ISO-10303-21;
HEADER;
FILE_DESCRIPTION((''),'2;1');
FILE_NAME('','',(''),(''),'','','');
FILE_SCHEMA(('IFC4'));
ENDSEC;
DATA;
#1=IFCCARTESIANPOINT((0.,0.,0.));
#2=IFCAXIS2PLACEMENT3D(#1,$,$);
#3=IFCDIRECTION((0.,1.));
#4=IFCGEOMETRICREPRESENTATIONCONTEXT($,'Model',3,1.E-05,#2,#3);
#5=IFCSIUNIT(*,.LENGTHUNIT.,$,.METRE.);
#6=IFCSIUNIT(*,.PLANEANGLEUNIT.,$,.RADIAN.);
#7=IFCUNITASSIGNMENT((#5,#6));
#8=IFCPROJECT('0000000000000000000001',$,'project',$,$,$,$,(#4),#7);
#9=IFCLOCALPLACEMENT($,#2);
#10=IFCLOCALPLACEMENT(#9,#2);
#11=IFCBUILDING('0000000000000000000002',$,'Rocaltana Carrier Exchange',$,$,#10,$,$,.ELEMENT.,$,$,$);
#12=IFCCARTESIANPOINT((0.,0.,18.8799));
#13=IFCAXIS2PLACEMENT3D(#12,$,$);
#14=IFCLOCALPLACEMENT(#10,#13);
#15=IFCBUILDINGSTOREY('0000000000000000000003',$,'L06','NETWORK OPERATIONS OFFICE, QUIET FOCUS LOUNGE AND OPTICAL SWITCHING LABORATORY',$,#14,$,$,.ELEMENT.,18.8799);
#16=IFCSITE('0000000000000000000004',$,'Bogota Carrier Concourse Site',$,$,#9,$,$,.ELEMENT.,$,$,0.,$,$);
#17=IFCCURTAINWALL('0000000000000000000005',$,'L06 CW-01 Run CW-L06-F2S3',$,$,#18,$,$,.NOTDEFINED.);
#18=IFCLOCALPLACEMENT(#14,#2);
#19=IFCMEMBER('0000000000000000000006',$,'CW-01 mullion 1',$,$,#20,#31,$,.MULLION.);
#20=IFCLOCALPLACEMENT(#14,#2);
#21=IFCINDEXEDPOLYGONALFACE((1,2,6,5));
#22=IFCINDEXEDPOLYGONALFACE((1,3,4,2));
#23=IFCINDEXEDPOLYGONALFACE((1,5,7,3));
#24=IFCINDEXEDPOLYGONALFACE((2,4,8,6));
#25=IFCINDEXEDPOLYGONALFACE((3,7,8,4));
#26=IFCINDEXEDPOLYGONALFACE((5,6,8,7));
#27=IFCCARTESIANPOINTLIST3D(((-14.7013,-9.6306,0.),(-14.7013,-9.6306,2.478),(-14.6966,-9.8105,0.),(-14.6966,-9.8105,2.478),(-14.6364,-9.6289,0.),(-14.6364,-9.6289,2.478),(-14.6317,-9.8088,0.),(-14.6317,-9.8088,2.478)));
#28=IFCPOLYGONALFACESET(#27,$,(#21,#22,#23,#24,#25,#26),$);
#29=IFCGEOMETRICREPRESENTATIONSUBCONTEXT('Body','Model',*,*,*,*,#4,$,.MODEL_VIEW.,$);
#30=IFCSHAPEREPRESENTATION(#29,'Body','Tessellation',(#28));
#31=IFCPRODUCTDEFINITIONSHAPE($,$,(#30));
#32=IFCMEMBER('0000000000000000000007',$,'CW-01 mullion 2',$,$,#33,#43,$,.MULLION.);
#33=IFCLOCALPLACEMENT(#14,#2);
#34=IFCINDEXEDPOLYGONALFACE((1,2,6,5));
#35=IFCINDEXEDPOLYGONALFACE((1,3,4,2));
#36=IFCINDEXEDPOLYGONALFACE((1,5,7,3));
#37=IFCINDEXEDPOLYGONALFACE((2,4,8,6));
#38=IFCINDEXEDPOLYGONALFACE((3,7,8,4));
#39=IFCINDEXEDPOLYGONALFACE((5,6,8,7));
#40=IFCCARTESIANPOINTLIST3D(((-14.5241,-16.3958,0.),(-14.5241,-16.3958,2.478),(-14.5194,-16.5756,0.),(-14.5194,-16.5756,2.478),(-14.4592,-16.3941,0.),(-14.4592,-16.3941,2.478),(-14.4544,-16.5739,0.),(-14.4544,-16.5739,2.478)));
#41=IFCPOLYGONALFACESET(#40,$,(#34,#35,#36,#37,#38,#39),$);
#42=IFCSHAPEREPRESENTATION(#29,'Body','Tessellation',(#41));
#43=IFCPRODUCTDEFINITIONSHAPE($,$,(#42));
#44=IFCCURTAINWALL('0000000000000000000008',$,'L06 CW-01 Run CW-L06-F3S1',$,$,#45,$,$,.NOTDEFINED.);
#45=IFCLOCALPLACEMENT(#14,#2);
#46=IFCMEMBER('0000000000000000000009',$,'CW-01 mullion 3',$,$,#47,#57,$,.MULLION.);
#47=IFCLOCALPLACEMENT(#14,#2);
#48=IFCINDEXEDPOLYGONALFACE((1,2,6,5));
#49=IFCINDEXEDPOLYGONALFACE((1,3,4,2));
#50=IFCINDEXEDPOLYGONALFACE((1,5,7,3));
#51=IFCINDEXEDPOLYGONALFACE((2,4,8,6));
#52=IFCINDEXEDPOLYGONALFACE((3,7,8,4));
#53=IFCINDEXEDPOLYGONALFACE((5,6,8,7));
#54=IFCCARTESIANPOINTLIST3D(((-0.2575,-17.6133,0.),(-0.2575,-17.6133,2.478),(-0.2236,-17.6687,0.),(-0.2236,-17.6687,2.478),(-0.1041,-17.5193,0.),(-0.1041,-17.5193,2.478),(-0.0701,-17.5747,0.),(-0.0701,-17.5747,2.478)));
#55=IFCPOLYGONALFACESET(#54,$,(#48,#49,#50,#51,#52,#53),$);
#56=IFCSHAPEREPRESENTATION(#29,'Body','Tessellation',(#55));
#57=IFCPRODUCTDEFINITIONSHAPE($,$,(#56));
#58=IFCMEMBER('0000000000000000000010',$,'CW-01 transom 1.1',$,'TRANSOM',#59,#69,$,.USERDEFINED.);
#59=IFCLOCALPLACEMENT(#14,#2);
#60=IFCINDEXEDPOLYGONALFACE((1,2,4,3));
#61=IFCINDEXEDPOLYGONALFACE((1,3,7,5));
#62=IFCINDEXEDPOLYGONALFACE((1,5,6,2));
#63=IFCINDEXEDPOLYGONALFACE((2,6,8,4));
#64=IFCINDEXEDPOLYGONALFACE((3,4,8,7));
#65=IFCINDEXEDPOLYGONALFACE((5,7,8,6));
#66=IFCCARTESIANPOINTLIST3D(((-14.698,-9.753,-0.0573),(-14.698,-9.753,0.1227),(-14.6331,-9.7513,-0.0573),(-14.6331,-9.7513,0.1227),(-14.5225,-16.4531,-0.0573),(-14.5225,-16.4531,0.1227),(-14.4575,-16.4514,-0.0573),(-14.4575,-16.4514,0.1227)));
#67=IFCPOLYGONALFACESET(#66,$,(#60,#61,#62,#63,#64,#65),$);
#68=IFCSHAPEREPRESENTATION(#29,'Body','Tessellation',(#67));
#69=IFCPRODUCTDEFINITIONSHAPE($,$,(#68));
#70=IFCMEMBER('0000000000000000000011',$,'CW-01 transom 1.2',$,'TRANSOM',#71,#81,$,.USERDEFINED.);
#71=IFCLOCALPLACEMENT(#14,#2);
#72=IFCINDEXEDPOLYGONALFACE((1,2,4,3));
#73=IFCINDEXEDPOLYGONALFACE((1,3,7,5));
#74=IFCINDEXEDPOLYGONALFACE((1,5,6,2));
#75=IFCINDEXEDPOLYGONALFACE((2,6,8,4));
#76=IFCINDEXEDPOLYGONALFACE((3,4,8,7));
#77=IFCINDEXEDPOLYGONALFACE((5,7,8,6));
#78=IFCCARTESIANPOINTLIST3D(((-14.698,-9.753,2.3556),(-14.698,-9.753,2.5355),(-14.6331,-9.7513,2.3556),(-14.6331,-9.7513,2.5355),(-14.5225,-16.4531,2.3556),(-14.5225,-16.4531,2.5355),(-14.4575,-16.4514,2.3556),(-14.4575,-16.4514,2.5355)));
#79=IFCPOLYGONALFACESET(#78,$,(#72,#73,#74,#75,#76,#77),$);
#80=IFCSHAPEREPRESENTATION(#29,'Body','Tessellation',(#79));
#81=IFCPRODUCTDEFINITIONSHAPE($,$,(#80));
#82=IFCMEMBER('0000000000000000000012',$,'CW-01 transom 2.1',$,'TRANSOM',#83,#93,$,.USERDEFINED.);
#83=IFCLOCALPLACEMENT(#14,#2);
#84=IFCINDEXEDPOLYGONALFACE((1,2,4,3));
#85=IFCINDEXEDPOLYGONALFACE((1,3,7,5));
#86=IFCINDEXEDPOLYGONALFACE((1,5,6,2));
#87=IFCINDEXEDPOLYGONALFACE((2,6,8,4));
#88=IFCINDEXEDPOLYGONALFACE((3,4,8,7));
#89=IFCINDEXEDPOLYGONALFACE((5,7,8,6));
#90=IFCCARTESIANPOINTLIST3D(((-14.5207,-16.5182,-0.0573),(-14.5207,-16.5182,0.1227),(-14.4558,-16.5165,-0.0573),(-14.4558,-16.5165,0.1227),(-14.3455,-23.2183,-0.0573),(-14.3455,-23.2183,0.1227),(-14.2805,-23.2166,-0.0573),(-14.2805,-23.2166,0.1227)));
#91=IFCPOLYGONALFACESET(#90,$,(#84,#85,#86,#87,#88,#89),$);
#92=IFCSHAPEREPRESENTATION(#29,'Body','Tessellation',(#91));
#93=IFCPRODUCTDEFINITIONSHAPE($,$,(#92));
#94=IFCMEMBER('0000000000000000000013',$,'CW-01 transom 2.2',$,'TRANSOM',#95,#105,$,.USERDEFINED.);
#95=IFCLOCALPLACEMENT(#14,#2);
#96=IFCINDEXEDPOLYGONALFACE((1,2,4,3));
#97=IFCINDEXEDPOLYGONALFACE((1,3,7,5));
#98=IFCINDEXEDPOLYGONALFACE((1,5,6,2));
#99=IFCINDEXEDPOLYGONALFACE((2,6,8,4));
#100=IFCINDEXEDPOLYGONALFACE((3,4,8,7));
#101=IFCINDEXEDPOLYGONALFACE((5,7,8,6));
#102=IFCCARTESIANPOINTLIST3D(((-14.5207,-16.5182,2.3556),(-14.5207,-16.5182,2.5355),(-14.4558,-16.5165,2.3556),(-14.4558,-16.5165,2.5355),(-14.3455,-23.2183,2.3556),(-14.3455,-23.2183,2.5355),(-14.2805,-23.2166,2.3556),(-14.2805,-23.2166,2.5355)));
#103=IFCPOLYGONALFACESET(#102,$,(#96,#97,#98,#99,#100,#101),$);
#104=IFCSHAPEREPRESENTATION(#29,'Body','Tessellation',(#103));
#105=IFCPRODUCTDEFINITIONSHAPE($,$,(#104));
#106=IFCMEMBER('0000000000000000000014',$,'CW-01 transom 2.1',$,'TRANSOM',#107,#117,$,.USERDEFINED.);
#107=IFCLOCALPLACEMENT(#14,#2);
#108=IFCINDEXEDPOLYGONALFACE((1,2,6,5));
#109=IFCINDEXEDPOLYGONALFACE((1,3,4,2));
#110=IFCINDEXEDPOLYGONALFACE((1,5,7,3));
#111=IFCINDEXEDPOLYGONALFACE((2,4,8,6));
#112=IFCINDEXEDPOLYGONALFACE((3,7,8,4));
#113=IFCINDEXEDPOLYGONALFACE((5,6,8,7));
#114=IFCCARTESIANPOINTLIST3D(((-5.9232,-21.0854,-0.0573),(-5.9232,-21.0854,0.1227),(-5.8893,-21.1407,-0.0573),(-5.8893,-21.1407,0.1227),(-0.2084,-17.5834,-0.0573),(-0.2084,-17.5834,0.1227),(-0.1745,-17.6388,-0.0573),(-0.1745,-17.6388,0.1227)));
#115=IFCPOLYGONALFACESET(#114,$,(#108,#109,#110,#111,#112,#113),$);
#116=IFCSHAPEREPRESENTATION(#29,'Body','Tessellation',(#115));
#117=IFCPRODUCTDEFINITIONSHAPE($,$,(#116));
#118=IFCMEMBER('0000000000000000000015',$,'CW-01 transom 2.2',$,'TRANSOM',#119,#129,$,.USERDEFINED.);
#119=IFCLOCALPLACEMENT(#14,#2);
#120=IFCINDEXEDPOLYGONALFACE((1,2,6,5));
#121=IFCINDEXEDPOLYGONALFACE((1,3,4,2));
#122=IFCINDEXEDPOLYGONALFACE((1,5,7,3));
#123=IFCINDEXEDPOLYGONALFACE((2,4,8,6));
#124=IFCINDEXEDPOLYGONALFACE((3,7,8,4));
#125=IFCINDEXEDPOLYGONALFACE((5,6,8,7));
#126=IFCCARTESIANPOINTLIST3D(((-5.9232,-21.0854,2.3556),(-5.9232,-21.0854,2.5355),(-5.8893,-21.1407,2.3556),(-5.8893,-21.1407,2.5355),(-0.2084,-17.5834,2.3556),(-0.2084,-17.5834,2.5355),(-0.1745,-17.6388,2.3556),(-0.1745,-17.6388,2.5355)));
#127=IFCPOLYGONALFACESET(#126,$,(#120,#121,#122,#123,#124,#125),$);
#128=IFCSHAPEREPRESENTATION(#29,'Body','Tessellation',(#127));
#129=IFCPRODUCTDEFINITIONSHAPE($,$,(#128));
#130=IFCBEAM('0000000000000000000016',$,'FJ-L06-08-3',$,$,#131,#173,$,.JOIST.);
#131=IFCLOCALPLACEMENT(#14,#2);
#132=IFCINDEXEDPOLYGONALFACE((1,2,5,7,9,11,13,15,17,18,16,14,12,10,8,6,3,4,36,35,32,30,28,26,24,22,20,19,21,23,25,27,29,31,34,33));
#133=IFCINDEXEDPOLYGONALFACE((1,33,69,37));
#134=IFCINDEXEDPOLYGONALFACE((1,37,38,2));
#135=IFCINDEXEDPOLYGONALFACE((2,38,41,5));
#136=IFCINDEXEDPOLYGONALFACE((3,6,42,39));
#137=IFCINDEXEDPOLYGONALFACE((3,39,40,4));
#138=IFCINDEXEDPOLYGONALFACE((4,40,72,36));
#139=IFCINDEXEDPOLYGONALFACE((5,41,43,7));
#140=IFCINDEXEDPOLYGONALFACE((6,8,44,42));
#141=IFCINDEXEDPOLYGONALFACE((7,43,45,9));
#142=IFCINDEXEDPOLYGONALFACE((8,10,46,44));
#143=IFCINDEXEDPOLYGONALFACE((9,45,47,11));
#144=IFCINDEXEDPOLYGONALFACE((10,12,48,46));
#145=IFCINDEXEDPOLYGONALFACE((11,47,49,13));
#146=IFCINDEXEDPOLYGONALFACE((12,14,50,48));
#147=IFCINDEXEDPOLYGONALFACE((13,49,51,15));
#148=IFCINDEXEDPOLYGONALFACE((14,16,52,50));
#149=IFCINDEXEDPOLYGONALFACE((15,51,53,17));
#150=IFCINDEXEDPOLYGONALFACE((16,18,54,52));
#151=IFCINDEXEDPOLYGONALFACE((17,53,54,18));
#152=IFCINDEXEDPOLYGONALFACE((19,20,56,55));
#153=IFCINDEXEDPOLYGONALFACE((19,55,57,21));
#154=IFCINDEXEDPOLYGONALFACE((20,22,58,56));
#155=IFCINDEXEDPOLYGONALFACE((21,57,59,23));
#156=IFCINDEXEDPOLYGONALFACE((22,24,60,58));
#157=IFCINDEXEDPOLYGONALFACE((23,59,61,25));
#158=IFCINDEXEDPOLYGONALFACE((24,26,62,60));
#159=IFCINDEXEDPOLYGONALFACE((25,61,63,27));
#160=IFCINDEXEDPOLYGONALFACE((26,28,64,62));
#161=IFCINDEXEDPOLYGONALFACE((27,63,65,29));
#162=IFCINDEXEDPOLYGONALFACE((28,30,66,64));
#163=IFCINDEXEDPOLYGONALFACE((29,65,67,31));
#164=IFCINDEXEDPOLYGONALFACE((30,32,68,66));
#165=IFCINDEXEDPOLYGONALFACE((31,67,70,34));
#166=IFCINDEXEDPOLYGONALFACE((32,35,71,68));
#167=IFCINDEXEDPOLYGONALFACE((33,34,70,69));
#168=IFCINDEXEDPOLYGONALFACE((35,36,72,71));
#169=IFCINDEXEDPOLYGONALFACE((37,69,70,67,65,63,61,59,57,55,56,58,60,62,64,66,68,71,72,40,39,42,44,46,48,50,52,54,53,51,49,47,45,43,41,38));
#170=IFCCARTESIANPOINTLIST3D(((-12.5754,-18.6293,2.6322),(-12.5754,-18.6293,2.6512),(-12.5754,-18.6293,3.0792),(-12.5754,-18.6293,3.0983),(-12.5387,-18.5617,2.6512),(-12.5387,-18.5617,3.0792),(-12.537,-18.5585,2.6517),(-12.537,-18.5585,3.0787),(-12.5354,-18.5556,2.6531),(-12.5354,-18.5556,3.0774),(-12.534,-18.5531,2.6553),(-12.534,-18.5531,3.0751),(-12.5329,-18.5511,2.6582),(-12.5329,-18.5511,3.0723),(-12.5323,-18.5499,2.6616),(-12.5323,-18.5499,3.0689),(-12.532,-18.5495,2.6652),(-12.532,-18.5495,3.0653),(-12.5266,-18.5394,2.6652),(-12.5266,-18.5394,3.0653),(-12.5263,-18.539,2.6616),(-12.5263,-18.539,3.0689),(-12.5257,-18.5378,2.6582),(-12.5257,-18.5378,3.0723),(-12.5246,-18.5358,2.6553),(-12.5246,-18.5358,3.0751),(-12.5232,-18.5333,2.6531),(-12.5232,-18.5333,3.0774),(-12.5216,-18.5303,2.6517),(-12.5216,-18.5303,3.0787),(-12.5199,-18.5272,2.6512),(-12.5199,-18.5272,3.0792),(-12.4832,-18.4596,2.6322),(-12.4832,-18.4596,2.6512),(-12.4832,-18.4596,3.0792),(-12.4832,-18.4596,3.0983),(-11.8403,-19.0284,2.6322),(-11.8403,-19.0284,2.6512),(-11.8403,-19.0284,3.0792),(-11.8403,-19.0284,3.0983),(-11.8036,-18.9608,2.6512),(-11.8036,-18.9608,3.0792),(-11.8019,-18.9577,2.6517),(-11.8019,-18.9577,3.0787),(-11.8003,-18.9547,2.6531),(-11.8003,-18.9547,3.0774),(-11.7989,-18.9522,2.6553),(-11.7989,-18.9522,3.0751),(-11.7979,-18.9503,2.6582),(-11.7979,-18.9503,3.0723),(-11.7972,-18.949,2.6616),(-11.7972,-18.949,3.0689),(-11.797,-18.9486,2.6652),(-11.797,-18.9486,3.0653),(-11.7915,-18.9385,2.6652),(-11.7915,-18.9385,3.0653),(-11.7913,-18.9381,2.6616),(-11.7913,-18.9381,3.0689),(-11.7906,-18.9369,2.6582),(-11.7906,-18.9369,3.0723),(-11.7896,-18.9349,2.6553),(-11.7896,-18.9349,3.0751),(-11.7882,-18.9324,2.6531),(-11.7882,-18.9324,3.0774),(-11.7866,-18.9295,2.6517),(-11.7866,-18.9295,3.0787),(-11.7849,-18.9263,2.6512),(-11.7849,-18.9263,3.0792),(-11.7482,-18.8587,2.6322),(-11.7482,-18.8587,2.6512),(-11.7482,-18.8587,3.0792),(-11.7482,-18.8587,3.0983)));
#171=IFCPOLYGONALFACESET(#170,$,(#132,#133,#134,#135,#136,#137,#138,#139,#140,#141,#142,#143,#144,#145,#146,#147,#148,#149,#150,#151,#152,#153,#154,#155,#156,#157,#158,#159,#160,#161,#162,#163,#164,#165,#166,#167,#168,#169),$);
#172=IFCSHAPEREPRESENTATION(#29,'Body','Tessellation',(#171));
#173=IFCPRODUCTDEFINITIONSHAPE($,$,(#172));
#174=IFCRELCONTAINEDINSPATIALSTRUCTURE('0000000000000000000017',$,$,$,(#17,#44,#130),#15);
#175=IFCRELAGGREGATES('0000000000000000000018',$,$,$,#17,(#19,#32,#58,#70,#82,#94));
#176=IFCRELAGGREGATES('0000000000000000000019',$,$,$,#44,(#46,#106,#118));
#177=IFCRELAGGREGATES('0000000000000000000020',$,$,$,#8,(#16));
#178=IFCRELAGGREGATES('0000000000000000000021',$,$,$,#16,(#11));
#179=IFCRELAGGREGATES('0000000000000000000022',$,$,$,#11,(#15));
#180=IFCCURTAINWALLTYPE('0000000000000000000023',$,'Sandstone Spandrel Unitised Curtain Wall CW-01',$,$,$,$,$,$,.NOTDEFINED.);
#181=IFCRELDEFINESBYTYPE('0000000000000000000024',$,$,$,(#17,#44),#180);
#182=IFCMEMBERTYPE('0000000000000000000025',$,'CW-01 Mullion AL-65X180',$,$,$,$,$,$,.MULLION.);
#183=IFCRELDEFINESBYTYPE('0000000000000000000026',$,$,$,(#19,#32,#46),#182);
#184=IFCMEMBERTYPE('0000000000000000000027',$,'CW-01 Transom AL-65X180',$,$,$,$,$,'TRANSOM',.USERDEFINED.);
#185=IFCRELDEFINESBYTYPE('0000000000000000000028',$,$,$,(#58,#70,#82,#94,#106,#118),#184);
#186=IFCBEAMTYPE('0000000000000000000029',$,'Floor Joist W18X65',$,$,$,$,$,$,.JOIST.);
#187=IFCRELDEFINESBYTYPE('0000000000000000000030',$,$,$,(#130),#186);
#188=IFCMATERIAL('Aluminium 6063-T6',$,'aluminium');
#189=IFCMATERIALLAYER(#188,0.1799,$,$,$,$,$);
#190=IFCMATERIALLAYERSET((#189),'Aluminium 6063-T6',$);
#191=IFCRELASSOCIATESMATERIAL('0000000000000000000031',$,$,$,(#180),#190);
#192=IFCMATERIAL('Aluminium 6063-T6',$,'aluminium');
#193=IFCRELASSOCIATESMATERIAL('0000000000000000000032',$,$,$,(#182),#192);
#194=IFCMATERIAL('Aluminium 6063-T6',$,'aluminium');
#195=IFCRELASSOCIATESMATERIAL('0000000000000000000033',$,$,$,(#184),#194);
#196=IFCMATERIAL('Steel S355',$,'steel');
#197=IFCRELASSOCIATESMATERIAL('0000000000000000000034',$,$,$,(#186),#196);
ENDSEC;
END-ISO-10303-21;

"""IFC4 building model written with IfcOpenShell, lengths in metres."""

from ifc_helpers import new_model, si_unit, direction, frame, origin, origin_2d, place, context, subcontext, project, spatial, rectangle, i_section, extrude, material, layer, layer_set, material_profile, profile_set, type_object, element, aggregate, save


model = new_model("IFC4")

# Units and contexts
model_context = context("Model", 3, precision=1e-05, world=origin(), true_north=direction((0.0, 1.0)))
body_context = subcontext(model_context, "Body", "Model", "MODEL_VIEW")
ifc_project = project(units=[si_unit("LENGTHUNIT", "METRE"), si_unit("PLANEANGLEUNIT", "RADIAN")], contexts=[model_context])

# Site, building, storey
site_placement = place(None, origin())
site = spatial("IfcSite", under=ifc_project, at=site_placement, Name="Bogota Carrier Concourse Site", CompositionType="ELEMENT", RefElevation=0.0)
building_placement = place(site_placement, origin())
building = spatial("IfcBuilding", under=site, at=building_placement, Name="Rocaltana Carrier Exchange", CompositionType="ELEMENT")
storey_placement = place(building_placement, frame((0.0, 0.0, 18.8799)))
storey = spatial("IfcBuildingStorey", under=building, at=storey_placement, Name="L06", Description="NETWORK OPERATIONS OFFICE, QUIET FOCUS LOUNGE AND OPTICAL SWITCHING LABORATORY", CompositionType="ELEMENT", Elevation=18.8799)

# Curtain wall, members
ifc_material_1 = material(Name="Aluminium 6063-T6", Category="aluminium")
ifc_layer_1 = layer(ifc_material_1, 0.1799)
ifc_layer_set_1 = layer_set([ifc_layer_1], Name="Aluminium 6063-T6")
curtain_wall_type = type_object("IfcCurtainWallType", Name="Sandstone Spandrel Unitised Curtain Wall CW-01", PredefinedType="NOTDEFINED", material=ifc_layer_set_1)
curtain_wall_1_placement = place(storey_placement, origin())
curtain_wall_1 = element("IfcCurtainWall", 1, at=curtain_wall_1_placement, inside=storey, type_object=curtain_wall_type, Name="L06 CW-01 Run CW-L06-F2S3", PredefinedType="NOTDEFINED")
ifc_material_2 = material(Name="Aluminium 6063-T6", Category="aluminium")
ifc_material_profile_1 = material_profile(ifc_material_2, rectangle(XDim=0.0649, YDim=0.1799, at=origin_2d()), Name="AL-65X180")
ifc_profile_set_1 = profile_set([ifc_material_profile_1], Name="Aluminium 6063-T6")
member_type_1 = type_object("IfcMemberType", Name="CW-01 Mullion AL-65X180", PredefinedType="MULLION", material=ifc_profile_set_1)
member_1_placement = place(storey_placement, frame((-14.6665, -9.7197, 0.0), z_axis=(0.0, 0.0, 1.0), x_axis=(0.999657, 0.026184, 0.0)))
member_1 = element("IfcMember", 2, at=member_1_placement, type_object=member_type_1, Name="CW-01 mullion 1", PredefinedType="MULLION", context=body_context, shape_type="SweptSolid", body=[
    extrude(rectangle(XDim=0.0649, YDim=0.1799, at=origin_2d()), origin(), (0.0, 0.0, 1.0), 2.478),
])
member_2_placement = place(storey_placement, frame((-14.4893, -16.4849, 0.0), z_axis=(0.0, 0.0, 1.0), x_axis=(0.999657, 0.026184, 0.0)))
member_2 = element("IfcMember", 3, at=member_2_placement, type_object=member_type_1, Name="CW-01 mullion 2", PredefinedType="MULLION", context=body_context, shape_type="SweptSolid", body=[
    extrude(rectangle(XDim=0.0649, YDim=0.1799, at=origin_2d()), origin(), (0.0, 0.0, 1.0), 2.478),
])

# Curtain wall, member
curtain_wall_2_placement = place(storey_placement, origin())
curtain_wall_2 = element("IfcCurtainWall", 4, at=curtain_wall_2_placement, inside=storey, type_object=curtain_wall_type, Name="L06 CW-01 Run CW-L06-F3S1", PredefinedType="NOTDEFINED")
member_3_placement = place(storey_placement, frame((-0.1638, -17.594, 0.0), z_axis=(0.0, 0.0, 1.0), x_axis=(-0.522505, 0.852636, 0.0)))
member_3 = element("IfcMember", 5, at=member_3_placement, type_object=member_type_1, Name="CW-01 mullion 3", PredefinedType="MULLION", context=body_context, shape_type="SweptSolid", body=[
    extrude(rectangle(XDim=0.0649, YDim=0.1799, at=origin_2d()), origin(), (0.0, 0.0, 1.0), 2.478),
])

# Members
ifc_material_3 = material(Name="Aluminium 6063-T6", Category="aluminium")
ifc_material_profile_2 = material_profile(ifc_material_3, rectangle(XDim=0.0649, YDim=0.1799, at=origin_2d()), Name="AL-65X180")
ifc_profile_set_2 = profile_set([ifc_material_profile_2], Name="Aluminium 6063-T6")
member_type_2 = type_object("IfcMemberType", Name="CW-01 Transom AL-65X180", ElementType="TRANSOM", PredefinedType="USERDEFINED", material=ifc_profile_set_2)
member_4_placement = place(storey_placement, frame((-14.6655, -9.7522, 0.0327), z_axis=(0.02619, -0.999657, 0.0), x_axis=(0.999657, 0.02619, 0.0)))
member_4 = element("IfcMember", 6, at=member_4_placement, type_object=member_type_2, Name="CW-01 transom 1.1", ObjectType="TRANSOM", PredefinedType="USERDEFINED", context=body_context, shape_type="SweptSolid", body=[
    extrude(rectangle(XDim=0.0649, YDim=0.1799, at=origin_2d()), origin(), (0.0, 0.0, 1.0), 6.7024),
])
member_5_placement = place(storey_placement, frame((-14.6655, -9.7522, 2.4456), z_axis=(0.02619, -0.999657, 0.0), x_axis=(0.999657, 0.02619, 0.0)))
member_5 = element("IfcMember", 7, at=member_5_placement, type_object=member_type_2, Name="CW-01 transom 1.2", ObjectType="TRANSOM", PredefinedType="USERDEFINED", context=body_context, shape_type="SweptSolid", body=[
    extrude(rectangle(XDim=0.0649, YDim=0.1799, at=origin_2d()), origin(), (0.0, 0.0, 1.0), 6.7024),
])
member_6_placement = place(storey_placement, frame((-14.4883, -16.5173, 0.0327), z_axis=(0.026153, -0.999658, 0.0), x_axis=(0.999658, 0.026153, 0.0)))
member_6 = element("IfcMember", 8, at=member_6_placement, type_object=member_type_2, Name="CW-01 transom 2.1", ObjectType="TRANSOM", PredefinedType="USERDEFINED", context=body_context, shape_type="SweptSolid", body=[
    extrude(rectangle(XDim=0.0649, YDim=0.1799, at=origin_2d()), origin(), (0.0, 0.0, 1.0), 6.7024),
])
member_7_placement = place(storey_placement, frame((-14.4883, -16.5173, 2.4456), z_axis=(0.026153, -0.999658, 0.0), x_axis=(0.999658, 0.026153, 0.0)))
member_7 = element("IfcMember", 9, at=member_7_placement, type_object=member_type_2, Name="CW-01 transom 2.2", ObjectType="TRANSOM", PredefinedType="USERDEFINED", context=body_context, shape_type="SweptSolid", body=[
    extrude(rectangle(XDim=0.0649, YDim=0.1799, at=origin_2d()), origin(), (0.0, 0.0, 1.0), 6.7024),
])
member_8_placement = place(storey_placement, frame((-5.9062, -21.113, 0.0327), z_axis=(0.852647, 0.522487, 0.0), x_axis=(-0.522487, 0.852647, 0.0)))
member_8 = element("IfcMember", 10, at=member_8_placement, type_object=member_type_2, Name="CW-01 transom 2.1", ObjectType="TRANSOM", PredefinedType="USERDEFINED", context=body_context, shape_type="SweptSolid", body=[
    extrude(rectangle(XDim=0.0649, YDim=0.1799, at=origin_2d()), origin(), (0.0, 0.0, 1.0), 6.7024),
])
member_9_placement = place(storey_placement, frame((-5.9062, -21.113, 2.4456), z_axis=(0.852647, 0.522487, 0.0), x_axis=(-0.522487, 0.852647, 0.0)))
member_9 = element("IfcMember", 11, at=member_9_placement, type_object=member_type_2, Name="CW-01 transom 2.2", ObjectType="TRANSOM", PredefinedType="USERDEFINED", context=body_context, shape_type="SweptSolid", body=[
    extrude(rectangle(XDim=0.0649, YDim=0.1799, at=origin_2d()), origin(), (0.0, 0.0, 1.0), 6.7024),
])

# Beam
ifc_material_4 = material(Name="Steel S355", Category="steel")
ifc_material_profile_3 = material_profile(ifc_material_4, i_section(OverallWidth=0.1931, OverallDepth=0.4661, WebThickness=0.0115, FlangeThickness=0.019, FilletRadius=0.0139, at=origin_2d()), Name="W18X65")
ifc_profile_set_3 = profile_set([ifc_material_profile_3], Name="Steel S355")
beam_type_1 = type_object("IfcBeamType", Name="Floor Joist W18X65", PredefinedType="JOIST", material=ifc_profile_set_3)
beam_1_placement = place(storey_placement, frame((-12.5293, -18.5444, 2.8652), z_axis=(0.878797, -0.477195, 0.0), x_axis=(0.477195, 0.878797, 0.0)))
element("IfcBeam", 12, at=beam_1_placement, inside=storey, type_object=beam_type_1, Name="FJ-L06-08-3", PredefinedType="JOIST", context=body_context, shape_type="SweptSolid", body=[
    extrude(i_section(OverallWidth=0.1931, OverallDepth=0.4661, WebThickness=0.0115, FlangeThickness=0.019, FilletRadius=0.0139, at=origin_2d()), origin(), (0.0, 0.0, 1.0), 0.8364),
])

aggregate(curtain_wall_1, [member_1, member_2, member_4, member_5, member_6, member_7])
aggregate(curtain_wall_2, [member_3, member_8, member_9])

save(model, "model.ifc")
